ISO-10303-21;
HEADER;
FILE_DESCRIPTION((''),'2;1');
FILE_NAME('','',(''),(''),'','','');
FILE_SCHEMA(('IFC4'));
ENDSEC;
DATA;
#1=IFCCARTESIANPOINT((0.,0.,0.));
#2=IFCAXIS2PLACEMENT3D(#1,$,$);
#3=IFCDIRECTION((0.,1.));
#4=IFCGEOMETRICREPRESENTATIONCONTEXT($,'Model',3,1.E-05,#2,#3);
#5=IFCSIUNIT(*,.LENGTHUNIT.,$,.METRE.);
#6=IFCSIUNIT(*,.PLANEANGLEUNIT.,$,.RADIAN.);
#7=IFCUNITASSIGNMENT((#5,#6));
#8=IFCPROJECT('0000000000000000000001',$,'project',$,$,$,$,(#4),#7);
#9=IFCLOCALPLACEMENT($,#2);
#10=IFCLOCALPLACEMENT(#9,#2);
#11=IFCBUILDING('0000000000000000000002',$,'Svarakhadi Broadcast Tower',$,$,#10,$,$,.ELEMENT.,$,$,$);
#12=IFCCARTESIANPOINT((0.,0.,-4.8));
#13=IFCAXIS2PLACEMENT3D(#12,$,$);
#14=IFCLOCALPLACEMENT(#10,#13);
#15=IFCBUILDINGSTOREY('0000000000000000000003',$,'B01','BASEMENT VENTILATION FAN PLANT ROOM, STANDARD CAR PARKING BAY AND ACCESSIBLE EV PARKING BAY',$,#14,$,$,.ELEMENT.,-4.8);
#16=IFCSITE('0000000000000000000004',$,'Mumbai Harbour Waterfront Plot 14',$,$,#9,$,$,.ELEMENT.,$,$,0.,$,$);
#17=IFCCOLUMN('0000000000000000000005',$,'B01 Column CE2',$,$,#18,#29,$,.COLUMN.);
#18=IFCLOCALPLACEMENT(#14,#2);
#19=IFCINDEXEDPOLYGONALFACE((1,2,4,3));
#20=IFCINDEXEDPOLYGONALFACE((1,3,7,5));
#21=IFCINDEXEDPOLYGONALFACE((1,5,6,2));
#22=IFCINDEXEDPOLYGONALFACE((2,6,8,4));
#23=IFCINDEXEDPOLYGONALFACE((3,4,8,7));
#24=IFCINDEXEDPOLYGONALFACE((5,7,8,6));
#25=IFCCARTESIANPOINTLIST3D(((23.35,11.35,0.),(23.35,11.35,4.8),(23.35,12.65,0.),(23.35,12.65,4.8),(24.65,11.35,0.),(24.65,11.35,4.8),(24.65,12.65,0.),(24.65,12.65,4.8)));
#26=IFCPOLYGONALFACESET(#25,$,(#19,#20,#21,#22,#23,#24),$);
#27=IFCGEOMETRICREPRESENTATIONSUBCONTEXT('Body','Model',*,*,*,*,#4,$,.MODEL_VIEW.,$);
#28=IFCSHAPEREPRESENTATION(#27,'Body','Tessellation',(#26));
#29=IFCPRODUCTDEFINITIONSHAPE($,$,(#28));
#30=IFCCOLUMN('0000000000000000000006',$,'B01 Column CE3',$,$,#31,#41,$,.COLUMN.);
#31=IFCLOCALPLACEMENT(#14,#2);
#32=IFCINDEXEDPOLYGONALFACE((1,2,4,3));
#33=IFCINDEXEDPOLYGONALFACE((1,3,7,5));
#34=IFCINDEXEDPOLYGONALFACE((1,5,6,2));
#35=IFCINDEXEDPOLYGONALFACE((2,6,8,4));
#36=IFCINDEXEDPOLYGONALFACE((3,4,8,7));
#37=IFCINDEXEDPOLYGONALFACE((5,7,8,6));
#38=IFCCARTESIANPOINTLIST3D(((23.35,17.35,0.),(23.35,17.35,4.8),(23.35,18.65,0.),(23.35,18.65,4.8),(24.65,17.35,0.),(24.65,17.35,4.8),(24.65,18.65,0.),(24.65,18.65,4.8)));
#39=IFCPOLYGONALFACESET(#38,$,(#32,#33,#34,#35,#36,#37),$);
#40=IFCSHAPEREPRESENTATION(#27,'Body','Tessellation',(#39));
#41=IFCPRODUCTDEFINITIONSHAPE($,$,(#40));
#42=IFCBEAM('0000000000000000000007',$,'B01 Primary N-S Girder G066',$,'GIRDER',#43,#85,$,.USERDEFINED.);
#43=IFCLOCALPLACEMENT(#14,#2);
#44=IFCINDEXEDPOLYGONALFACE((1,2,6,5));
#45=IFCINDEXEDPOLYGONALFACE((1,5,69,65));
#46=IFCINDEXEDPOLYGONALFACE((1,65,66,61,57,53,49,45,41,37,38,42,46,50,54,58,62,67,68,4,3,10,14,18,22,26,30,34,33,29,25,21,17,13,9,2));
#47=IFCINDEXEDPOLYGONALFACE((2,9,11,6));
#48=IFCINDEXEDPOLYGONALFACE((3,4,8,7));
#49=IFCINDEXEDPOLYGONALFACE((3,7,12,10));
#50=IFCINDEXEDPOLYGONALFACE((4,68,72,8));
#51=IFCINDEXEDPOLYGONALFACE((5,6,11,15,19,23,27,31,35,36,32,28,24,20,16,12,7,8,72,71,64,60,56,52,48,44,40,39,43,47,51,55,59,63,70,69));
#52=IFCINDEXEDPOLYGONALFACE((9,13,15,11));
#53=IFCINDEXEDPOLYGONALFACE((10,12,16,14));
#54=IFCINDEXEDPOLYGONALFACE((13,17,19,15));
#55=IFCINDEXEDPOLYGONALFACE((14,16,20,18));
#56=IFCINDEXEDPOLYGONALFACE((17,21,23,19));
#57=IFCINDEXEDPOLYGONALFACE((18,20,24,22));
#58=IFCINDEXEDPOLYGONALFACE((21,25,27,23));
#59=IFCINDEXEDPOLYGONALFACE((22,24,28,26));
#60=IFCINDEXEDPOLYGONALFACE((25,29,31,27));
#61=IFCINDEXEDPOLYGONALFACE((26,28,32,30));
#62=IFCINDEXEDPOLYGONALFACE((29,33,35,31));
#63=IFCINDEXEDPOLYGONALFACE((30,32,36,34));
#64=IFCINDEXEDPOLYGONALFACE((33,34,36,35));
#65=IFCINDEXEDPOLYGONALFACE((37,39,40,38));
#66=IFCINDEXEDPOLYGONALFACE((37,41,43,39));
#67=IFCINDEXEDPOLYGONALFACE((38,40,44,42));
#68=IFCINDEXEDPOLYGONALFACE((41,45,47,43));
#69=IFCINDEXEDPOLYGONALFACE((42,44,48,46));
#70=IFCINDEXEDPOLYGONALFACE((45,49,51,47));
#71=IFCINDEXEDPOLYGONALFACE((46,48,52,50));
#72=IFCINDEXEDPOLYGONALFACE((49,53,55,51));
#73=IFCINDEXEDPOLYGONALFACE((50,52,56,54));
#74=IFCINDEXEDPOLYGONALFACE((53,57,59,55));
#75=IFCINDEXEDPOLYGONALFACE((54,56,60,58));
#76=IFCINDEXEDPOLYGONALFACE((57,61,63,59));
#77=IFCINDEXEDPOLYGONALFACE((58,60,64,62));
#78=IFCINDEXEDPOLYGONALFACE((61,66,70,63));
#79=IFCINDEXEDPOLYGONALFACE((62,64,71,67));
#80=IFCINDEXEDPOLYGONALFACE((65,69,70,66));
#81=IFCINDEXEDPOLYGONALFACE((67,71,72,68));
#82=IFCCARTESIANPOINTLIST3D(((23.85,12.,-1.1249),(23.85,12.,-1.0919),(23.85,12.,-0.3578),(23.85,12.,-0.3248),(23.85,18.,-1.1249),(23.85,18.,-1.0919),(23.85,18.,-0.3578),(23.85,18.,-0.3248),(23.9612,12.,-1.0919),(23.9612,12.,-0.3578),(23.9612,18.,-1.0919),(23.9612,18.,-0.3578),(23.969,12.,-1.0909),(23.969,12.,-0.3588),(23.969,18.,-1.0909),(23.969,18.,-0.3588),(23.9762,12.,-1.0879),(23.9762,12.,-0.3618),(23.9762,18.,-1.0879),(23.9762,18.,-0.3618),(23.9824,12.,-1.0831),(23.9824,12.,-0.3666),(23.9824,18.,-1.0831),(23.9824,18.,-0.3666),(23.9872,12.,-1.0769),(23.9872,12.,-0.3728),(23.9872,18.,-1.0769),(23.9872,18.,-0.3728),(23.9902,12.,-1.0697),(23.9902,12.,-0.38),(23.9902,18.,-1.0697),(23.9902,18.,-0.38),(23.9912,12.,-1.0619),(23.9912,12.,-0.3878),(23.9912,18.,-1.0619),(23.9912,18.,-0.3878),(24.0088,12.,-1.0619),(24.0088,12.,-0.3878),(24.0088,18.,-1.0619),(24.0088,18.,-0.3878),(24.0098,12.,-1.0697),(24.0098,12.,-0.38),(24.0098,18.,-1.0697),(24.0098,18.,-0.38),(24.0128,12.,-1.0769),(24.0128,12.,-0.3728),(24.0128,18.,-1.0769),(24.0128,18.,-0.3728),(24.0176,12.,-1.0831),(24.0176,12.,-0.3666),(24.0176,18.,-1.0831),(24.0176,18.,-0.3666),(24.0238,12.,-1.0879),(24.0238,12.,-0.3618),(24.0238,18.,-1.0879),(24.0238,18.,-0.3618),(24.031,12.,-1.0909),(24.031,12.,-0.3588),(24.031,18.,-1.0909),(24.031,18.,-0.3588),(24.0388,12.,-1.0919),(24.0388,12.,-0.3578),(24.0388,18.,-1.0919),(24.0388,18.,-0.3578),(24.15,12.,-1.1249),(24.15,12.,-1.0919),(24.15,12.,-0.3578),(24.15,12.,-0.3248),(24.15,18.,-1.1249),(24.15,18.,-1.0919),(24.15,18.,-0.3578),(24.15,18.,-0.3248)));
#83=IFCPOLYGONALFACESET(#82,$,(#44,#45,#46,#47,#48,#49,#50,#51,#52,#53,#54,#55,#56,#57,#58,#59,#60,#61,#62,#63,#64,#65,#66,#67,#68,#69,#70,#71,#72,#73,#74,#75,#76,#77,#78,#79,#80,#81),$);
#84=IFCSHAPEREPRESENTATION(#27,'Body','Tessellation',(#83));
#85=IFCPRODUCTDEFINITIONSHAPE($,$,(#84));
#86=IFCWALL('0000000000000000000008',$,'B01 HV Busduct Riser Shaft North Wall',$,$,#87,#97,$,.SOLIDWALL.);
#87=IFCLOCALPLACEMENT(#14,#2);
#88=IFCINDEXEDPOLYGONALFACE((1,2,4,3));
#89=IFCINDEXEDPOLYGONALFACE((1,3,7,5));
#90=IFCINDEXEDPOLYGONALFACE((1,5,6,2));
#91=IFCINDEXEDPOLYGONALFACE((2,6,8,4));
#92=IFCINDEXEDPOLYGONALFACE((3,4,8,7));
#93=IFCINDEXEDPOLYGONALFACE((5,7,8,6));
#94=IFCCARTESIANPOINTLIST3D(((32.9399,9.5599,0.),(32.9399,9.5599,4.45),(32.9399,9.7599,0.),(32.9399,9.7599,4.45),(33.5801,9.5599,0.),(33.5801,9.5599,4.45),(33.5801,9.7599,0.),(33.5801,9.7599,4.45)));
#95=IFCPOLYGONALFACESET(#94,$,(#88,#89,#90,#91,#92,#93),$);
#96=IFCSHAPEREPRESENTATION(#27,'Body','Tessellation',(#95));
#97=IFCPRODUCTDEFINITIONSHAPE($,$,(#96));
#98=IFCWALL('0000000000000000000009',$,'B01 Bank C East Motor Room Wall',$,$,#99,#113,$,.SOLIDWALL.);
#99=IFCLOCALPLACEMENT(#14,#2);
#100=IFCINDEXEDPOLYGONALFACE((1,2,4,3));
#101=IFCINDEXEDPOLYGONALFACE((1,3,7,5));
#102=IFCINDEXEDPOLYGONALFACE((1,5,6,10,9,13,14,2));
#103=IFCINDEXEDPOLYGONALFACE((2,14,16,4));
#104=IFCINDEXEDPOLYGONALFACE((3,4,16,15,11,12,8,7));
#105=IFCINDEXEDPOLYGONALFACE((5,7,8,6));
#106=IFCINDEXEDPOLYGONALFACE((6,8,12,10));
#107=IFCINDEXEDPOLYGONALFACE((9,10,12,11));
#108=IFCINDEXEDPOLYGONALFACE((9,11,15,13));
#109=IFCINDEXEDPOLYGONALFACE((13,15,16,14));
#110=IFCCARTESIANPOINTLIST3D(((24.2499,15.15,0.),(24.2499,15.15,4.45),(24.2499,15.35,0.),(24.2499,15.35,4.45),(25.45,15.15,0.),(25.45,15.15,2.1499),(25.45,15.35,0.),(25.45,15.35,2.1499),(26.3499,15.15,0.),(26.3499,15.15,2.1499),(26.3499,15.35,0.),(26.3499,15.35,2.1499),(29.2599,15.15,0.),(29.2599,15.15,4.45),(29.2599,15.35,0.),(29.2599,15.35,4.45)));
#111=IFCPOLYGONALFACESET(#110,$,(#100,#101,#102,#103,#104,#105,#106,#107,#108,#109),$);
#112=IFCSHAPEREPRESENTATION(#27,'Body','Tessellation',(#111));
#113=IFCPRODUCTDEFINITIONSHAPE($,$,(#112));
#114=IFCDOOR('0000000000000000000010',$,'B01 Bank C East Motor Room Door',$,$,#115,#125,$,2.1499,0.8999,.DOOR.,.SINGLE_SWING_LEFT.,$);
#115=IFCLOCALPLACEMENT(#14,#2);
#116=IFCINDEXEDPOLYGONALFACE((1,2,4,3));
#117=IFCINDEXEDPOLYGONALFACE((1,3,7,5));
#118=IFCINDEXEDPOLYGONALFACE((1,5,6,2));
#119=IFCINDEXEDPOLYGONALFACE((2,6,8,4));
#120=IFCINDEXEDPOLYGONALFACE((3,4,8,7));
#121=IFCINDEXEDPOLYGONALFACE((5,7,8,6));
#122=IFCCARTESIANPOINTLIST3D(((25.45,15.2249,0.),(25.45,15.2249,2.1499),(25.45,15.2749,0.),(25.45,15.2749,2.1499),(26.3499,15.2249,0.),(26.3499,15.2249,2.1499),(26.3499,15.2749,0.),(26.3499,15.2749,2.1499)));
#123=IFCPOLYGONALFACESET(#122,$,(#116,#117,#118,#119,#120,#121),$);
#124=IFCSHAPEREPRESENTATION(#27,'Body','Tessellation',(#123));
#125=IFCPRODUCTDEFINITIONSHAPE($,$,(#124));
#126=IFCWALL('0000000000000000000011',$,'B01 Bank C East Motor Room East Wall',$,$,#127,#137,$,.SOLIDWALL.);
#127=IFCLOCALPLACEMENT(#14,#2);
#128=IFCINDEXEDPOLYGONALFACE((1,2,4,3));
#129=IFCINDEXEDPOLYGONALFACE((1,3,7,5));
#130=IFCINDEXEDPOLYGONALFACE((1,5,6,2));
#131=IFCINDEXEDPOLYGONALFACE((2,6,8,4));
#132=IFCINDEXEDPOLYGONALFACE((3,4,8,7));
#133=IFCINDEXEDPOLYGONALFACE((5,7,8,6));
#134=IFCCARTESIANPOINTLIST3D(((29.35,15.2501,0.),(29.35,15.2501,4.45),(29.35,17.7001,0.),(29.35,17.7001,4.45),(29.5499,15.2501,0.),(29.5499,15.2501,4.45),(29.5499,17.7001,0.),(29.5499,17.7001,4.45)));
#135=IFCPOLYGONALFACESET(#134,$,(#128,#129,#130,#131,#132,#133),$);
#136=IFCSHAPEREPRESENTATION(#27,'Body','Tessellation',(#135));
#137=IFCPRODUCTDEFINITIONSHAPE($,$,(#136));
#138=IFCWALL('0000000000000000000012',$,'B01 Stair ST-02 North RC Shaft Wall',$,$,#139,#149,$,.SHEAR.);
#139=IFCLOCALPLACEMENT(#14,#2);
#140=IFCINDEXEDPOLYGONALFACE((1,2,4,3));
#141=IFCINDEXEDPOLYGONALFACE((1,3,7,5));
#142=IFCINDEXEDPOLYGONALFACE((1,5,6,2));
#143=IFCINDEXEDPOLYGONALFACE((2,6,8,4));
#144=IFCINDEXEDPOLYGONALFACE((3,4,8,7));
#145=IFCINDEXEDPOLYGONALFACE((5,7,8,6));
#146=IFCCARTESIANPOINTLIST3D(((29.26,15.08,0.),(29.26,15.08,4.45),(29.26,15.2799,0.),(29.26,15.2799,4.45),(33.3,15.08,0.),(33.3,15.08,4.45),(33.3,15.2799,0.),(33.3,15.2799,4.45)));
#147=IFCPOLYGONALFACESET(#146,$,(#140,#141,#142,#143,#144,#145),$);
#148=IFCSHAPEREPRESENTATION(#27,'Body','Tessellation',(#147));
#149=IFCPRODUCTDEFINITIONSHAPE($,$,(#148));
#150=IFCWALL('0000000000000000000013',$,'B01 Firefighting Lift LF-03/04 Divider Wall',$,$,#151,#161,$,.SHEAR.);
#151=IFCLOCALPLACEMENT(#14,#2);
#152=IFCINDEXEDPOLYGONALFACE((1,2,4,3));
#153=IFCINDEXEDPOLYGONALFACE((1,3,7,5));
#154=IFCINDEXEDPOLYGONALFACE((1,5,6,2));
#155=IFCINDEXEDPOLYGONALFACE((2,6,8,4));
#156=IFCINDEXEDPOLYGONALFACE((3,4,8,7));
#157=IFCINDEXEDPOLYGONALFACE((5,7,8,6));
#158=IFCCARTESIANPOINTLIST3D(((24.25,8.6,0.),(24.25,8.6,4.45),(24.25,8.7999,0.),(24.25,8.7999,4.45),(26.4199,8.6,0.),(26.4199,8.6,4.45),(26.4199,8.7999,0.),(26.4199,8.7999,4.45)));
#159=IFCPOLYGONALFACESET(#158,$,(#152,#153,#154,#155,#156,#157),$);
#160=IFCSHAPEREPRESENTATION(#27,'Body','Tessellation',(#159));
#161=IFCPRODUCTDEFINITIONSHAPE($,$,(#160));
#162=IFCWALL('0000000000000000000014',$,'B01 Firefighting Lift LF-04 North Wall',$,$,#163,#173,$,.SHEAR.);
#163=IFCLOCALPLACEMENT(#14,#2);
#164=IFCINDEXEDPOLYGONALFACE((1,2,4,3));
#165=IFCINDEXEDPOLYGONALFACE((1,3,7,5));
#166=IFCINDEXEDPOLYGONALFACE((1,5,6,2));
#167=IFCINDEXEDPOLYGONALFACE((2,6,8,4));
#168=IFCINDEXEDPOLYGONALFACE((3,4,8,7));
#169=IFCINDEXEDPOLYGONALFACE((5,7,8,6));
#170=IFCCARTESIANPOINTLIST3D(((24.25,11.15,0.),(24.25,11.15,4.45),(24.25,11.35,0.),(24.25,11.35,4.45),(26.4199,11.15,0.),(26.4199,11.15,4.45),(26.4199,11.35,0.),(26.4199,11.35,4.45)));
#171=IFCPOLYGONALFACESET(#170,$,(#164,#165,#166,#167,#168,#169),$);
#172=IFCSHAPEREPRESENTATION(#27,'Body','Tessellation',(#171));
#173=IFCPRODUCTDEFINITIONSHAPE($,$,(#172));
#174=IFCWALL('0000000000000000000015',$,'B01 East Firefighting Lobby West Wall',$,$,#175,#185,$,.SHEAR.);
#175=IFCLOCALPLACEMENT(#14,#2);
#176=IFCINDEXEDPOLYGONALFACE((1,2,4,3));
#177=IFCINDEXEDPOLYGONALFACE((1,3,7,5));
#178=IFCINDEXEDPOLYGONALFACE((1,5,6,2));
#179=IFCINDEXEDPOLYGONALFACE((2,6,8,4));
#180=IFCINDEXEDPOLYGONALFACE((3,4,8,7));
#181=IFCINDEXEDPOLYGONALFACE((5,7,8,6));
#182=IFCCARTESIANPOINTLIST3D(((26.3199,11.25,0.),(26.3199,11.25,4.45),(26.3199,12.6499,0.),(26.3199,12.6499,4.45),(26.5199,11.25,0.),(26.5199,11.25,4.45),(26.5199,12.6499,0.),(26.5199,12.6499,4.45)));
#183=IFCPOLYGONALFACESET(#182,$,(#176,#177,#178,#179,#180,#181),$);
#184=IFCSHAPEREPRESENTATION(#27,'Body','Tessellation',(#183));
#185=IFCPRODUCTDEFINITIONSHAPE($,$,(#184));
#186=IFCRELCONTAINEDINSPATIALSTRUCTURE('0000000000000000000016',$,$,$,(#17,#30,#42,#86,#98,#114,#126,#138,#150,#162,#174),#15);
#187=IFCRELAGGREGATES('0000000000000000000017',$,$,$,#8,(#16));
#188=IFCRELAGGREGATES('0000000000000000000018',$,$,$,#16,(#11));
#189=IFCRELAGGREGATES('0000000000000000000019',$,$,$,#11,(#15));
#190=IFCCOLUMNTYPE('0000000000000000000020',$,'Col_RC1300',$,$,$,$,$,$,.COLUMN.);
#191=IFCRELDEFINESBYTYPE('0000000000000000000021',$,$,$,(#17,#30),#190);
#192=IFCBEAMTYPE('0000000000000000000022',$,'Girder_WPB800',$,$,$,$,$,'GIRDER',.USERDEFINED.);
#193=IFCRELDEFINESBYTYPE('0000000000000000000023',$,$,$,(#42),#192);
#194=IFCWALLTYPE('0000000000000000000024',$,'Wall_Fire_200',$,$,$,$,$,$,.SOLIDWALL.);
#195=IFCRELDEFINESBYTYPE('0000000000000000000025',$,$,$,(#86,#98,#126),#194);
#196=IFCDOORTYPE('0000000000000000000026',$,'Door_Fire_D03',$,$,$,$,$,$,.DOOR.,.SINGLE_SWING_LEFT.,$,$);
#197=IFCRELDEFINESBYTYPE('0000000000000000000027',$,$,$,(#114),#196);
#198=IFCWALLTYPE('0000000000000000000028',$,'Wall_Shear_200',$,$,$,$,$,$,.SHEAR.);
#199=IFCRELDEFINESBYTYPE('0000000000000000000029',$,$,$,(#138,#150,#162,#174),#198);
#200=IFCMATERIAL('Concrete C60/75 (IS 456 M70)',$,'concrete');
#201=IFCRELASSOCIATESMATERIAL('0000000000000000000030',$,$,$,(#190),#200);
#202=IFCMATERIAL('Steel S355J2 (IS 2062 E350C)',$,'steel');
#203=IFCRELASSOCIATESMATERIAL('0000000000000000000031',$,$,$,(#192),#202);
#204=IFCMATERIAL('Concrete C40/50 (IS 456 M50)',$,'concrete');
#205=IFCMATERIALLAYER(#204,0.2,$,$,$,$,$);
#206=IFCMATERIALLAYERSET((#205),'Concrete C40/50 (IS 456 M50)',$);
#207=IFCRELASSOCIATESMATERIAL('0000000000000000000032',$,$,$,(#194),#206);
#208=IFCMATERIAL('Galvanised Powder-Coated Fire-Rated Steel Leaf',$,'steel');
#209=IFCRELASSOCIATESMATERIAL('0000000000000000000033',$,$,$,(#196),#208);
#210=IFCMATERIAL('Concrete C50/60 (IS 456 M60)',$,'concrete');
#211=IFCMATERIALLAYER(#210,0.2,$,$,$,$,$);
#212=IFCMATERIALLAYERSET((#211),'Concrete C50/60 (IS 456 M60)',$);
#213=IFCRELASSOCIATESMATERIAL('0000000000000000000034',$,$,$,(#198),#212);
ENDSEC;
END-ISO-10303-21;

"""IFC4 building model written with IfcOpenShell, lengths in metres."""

from ifc_helpers import new_model, si_unit, direction, frame, frame_2d, origin, origin_2d, place, context, subcontext, project, spatial, rectangle, i_section, extrude, material, layer, layer_set, material_profile, profile_set, type_object, element, fill, save


model = new_model("IFC4")

# Units and contexts
model_context = context("Model", 3, precision=1e-05, world=origin(), true_north=direction((0.0, 1.0)))
body_context = subcontext(model_context, "Body", "Model", "MODEL_VIEW")
ifc_project = project(units=[si_unit("LENGTHUNIT", "METRE"), si_unit("PLANEANGLEUNIT", "RADIAN")], contexts=[model_context])

# Site, building, storey
site_placement = place(None, origin())
site = spatial("IfcSite", under=ifc_project, at=site_placement, Name="Mumbai Harbour Waterfront Plot 14", CompositionType="ELEMENT", RefElevation=0.0)
building_placement = place(site_placement, origin())
building = spatial("IfcBuilding", under=site, at=building_placement, Name="Svarakhadi Broadcast Tower", CompositionType="ELEMENT")
storey_placement = place(building_placement, frame((0.0, 0.0, -4.8)))
storey = spatial("IfcBuildingStorey", under=building, at=storey_placement, Name="B01", Description="BASEMENT VENTILATION FAN PLANT ROOM, STANDARD CAR PARKING BAY AND ACCESSIBLE EV PARKING BAY", CompositionType="ELEMENT", Elevation=-4.8)

# Columns
ifc_material_1 = material(Name="Concrete C60/75 (IS 456 M70)", Category="concrete")
ifc_material_profile_1 = material_profile(ifc_material_1, rectangle(XDim=1.3, YDim=1.3, at=origin_2d()), Name="RC 1300x1300")
ifc_profile_set_1 = profile_set([ifc_material_profile_1], Name="Concrete C60/75 (IS 456 M70)")
column_type = type_object("IfcColumnType", Name="Col_RC1300", PredefinedType="COLUMN", material=ifc_profile_set_1)
for number, where, z_axis, x_axis, name in (
    (1, (24.0, 12.0, 0.0), (0.0, 0.0, 1.0), (1.0, 0.0, 0.0), "B01 Column CE2"),
    (2, (24.0, 18.0, 0.0), (0.0, 0.0, 1.0), (1.0, 0.0, 0.0), "B01 Column CE3"),
):
    element("IfcColumn", number, at=place(storey_placement, frame(where, z_axis=z_axis, x_axis=x_axis)), inside=storey, type_object=column_type, Name=name, PredefinedType="COLUMN", context=body_context, shape_type="SweptSolid", body=[
        extrude(rectangle(XDim=1.3, YDim=1.3, at=origin_2d()), origin(), (0.0, 0.0, 1.0), 4.8),
    ])

# Beam
ifc_material_2 = material(Name="Steel S355J2 (IS 2062 E350C)", Category="steel")
ifc_material_profile_2 = material_profile(ifc_material_2, i_section(OverallWidth=0.3, OverallDepth=0.8, WebThickness=0.0176, FlangeThickness=0.033, FilletRadius=0.03, at=origin_2d()), Name="WPB 800x300x262")
ifc_profile_set_2 = profile_set([ifc_material_profile_2], Name="Steel S355J2 (IS 2062 E350C)")
beam_type = type_object("IfcBeamType", Name="Girder_WPB800", ElementType="GIRDER", PredefinedType="USERDEFINED", material=ifc_profile_set_2)
beam_placement = place(storey_placement, frame((24.0, 12.0, -0.7249), z_axis=(0.0, 1.0, 0.0), x_axis=(-1.0, 0.0, 0.0)))
element("IfcBeam", 3, at=beam_placement, inside=storey, type_object=beam_type, Name="B01 Primary N-S Girder G066", ObjectType="GIRDER", PredefinedType="USERDEFINED", context=body_context, shape_type="SweptSolid", body=[
    extrude(i_section(OverallWidth=0.3, OverallDepth=0.8, WebThickness=0.0176, FlangeThickness=0.033, FilletRadius=0.03, at=origin_2d()), origin(), (0.0, 0.0, 1.0), 6.0),
])

# Wall
ifc_material_3 = material(Name="Concrete C40/50 (IS 456 M50)", Category="concrete")
ifc_layer_1 = layer(ifc_material_3, 0.2)
ifc_layer_set_1 = layer_set([ifc_layer_1], Name="Concrete C40/50 (IS 456 M50)")
wall_type_1 = type_object("IfcWallType", Name="Wall_Fire_200", PredefinedType="SOLIDWALL", material=ifc_layer_set_1)
wall_1_placement = place(storey_placement, frame((32.9399, 9.6599, 0.0), z_axis=(0.0, 0.0, 1.0), x_axis=(1.0, 0.0, 0.0)))
element("IfcWall", 4, at=wall_1_placement, inside=storey, type_object=wall_type_1, Name="B01 HV Busduct Riser Shaft North Wall", PredefinedType="SOLIDWALL", context=body_context, shape_type="SweptSolid", body=[
    extrude(rectangle(XDim=0.6401, YDim=0.2, at=frame_2d((0.3201, 0.0))), origin(), (0.0, 0.0, 1.0), 4.45),
])

# Wall, opening, door
wall_2_placement = place(storey_placement, frame((24.25, 15.25, 0.0), z_axis=(0.0, 0.0, 1.0), x_axis=(1.0, 0.0, 0.0)))
wall_2 = element("IfcWall", 5, at=wall_2_placement, inside=storey, type_object=wall_type_1, Name="B01 Bank C East Motor Room Wall", PredefinedType="SOLIDWALL", context=body_context, shape_type="SweptSolid", body=[
    extrude(rectangle(XDim=5.01, YDim=0.2, at=frame_2d((2.5049, 0.0))), origin(), (0.0, 0.0, 1.0), 4.45),
])
opening_1_placement = place(wall_2_placement, frame((1.2, 0.0, 0.0)))
opening_1 = element("IfcOpeningElement", 6, at=opening_1_placement, cuts=wall_2, PredefinedType="OPENING", context=body_context, shape_type="SweptSolid", body=[
    extrude(rectangle(XDim=0.8999, YDim=2.1499, at=frame_2d((0.45, 1.075))), frame((0.0, 0.1099, 0.0), z_axis=(0.0, -1.0, 0.0), x_axis=(1.0, 0.0, 0.0)), (0.0, 0.0, 1.0), 0.22),
])
ifc_material_4 = material(Name="Galvanised Powder-Coated Fire-Rated Steel Leaf", Category="steel")
door_type = type_object("IfcDoorType", Name="Door_Fire_D03", OperationType="SINGLE_SWING_LEFT", PredefinedType="DOOR", material=ifc_material_4)
door_1_placement = place(opening_1_placement, origin())
door_1 = element("IfcDoor", 7, at=door_1_placement, inside=storey, type_object=door_type, Name="B01 Bank C East Motor Room Door", OperationType="SINGLE_SWING_LEFT", OverallHeight=2.1499, OverallWidth=0.8999, PredefinedType="DOOR", context=body_context, shape_type="SweptSolid", body=[
    extrude(rectangle(XDim=0.8999, YDim=2.1499, at=frame_2d((0.45, 1.075))), frame((0.0, 0.0249, 0.0), z_axis=(0.0, -1.0, 0.0), x_axis=(1.0, 0.0, 0.0)), (0.0, 0.0, 1.0), 0.05),
])
fill(opening_1, door_1)

# Wall
wall_3_placement = place(storey_placement, frame((29.45, 15.25, 0.0), z_axis=(0.0, 0.0, 1.0), x_axis=(0.0, 1.0, 0.0)))
element("IfcWall", 8, at=wall_3_placement, inside=storey, type_object=wall_type_1, Name="B01 Bank C East Motor Room East Wall", PredefinedType="SOLIDWALL", context=body_context, shape_type="SweptSolid", body=[
    extrude(rectangle(XDim=2.45, YDim=0.2, at=frame_2d((1.2251, 0.0))), origin(), (0.0, 0.0, 1.0), 4.45),
])

# Walls
ifc_material_5 = material(Name="Concrete C50/60 (IS 456 M60)", Category="concrete")
ifc_layer_2 = layer(ifc_material_5, 0.2)
ifc_layer_set_2 = layer_set([ifc_layer_2], Name="Concrete C50/60 (IS 456 M60)")
wall_type_2 = type_object("IfcWallType", Name="Wall_Shear_200", PredefinedType="SHEAR", material=ifc_layer_set_2)
wall_4_placement = place(storey_placement, frame((29.26, 15.1799, 0.0), z_axis=(0.0, 0.0, 1.0), x_axis=(1.0, 0.0, 0.0)))
element("IfcWall", 9, at=wall_4_placement, inside=storey, type_object=wall_type_2, Name="B01 Stair ST-02 North RC Shaft Wall", PredefinedType="SHEAR", context=body_context, shape_type="SweptSolid", body=[
    extrude(rectangle(XDim=4.04, YDim=0.2, at=frame_2d((2.02, 0.0))), origin(), (0.0, 0.0, 1.0), 4.45),
])
for number, where, z_axis, x_axis, name in (
    (10, (24.25, 8.7, 0.0), (0.0, 0.0, 1.0), (1.0, 0.0, 0.0), "B01 Firefighting Lift LF-03/04 Divider Wall"),
    (11, (24.25, 11.25, 0.0), (0.0, 0.0, 1.0), (1.0, 0.0, 0.0), "B01 Firefighting Lift LF-04 North Wall"),
):
    element("IfcWall", number, at=place(storey_placement, frame(where, z_axis=z_axis, x_axis=x_axis)), inside=storey, type_object=wall_type_2, Name=name, PredefinedType="SHEAR", context=body_context, shape_type="SweptSolid", body=[
        extrude(rectangle(XDim=2.1699, YDim=0.2, at=frame_2d((1.085, 0.0))), origin(), (0.0, 0.0, 1.0), 4.45),
    ])
wall_5_placement = place(storey_placement, frame((26.4199, 11.25, 0.0), z_axis=(0.0, 0.0, 1.0), x_axis=(0.0, 1.0, 0.0)))
element("IfcWall", 12, at=wall_5_placement, inside=storey, type_object=wall_type_2, Name="B01 East Firefighting Lobby West Wall", PredefinedType="SHEAR", context=body_context, shape_type="SweptSolid", body=[
    extrude(rectangle(XDim=1.3999, YDim=0.2, at=frame_2d((0.7, 0.0))), origin(), (0.0, 0.0, 1.0), 4.45),
])

save(model, "model.ifc")
